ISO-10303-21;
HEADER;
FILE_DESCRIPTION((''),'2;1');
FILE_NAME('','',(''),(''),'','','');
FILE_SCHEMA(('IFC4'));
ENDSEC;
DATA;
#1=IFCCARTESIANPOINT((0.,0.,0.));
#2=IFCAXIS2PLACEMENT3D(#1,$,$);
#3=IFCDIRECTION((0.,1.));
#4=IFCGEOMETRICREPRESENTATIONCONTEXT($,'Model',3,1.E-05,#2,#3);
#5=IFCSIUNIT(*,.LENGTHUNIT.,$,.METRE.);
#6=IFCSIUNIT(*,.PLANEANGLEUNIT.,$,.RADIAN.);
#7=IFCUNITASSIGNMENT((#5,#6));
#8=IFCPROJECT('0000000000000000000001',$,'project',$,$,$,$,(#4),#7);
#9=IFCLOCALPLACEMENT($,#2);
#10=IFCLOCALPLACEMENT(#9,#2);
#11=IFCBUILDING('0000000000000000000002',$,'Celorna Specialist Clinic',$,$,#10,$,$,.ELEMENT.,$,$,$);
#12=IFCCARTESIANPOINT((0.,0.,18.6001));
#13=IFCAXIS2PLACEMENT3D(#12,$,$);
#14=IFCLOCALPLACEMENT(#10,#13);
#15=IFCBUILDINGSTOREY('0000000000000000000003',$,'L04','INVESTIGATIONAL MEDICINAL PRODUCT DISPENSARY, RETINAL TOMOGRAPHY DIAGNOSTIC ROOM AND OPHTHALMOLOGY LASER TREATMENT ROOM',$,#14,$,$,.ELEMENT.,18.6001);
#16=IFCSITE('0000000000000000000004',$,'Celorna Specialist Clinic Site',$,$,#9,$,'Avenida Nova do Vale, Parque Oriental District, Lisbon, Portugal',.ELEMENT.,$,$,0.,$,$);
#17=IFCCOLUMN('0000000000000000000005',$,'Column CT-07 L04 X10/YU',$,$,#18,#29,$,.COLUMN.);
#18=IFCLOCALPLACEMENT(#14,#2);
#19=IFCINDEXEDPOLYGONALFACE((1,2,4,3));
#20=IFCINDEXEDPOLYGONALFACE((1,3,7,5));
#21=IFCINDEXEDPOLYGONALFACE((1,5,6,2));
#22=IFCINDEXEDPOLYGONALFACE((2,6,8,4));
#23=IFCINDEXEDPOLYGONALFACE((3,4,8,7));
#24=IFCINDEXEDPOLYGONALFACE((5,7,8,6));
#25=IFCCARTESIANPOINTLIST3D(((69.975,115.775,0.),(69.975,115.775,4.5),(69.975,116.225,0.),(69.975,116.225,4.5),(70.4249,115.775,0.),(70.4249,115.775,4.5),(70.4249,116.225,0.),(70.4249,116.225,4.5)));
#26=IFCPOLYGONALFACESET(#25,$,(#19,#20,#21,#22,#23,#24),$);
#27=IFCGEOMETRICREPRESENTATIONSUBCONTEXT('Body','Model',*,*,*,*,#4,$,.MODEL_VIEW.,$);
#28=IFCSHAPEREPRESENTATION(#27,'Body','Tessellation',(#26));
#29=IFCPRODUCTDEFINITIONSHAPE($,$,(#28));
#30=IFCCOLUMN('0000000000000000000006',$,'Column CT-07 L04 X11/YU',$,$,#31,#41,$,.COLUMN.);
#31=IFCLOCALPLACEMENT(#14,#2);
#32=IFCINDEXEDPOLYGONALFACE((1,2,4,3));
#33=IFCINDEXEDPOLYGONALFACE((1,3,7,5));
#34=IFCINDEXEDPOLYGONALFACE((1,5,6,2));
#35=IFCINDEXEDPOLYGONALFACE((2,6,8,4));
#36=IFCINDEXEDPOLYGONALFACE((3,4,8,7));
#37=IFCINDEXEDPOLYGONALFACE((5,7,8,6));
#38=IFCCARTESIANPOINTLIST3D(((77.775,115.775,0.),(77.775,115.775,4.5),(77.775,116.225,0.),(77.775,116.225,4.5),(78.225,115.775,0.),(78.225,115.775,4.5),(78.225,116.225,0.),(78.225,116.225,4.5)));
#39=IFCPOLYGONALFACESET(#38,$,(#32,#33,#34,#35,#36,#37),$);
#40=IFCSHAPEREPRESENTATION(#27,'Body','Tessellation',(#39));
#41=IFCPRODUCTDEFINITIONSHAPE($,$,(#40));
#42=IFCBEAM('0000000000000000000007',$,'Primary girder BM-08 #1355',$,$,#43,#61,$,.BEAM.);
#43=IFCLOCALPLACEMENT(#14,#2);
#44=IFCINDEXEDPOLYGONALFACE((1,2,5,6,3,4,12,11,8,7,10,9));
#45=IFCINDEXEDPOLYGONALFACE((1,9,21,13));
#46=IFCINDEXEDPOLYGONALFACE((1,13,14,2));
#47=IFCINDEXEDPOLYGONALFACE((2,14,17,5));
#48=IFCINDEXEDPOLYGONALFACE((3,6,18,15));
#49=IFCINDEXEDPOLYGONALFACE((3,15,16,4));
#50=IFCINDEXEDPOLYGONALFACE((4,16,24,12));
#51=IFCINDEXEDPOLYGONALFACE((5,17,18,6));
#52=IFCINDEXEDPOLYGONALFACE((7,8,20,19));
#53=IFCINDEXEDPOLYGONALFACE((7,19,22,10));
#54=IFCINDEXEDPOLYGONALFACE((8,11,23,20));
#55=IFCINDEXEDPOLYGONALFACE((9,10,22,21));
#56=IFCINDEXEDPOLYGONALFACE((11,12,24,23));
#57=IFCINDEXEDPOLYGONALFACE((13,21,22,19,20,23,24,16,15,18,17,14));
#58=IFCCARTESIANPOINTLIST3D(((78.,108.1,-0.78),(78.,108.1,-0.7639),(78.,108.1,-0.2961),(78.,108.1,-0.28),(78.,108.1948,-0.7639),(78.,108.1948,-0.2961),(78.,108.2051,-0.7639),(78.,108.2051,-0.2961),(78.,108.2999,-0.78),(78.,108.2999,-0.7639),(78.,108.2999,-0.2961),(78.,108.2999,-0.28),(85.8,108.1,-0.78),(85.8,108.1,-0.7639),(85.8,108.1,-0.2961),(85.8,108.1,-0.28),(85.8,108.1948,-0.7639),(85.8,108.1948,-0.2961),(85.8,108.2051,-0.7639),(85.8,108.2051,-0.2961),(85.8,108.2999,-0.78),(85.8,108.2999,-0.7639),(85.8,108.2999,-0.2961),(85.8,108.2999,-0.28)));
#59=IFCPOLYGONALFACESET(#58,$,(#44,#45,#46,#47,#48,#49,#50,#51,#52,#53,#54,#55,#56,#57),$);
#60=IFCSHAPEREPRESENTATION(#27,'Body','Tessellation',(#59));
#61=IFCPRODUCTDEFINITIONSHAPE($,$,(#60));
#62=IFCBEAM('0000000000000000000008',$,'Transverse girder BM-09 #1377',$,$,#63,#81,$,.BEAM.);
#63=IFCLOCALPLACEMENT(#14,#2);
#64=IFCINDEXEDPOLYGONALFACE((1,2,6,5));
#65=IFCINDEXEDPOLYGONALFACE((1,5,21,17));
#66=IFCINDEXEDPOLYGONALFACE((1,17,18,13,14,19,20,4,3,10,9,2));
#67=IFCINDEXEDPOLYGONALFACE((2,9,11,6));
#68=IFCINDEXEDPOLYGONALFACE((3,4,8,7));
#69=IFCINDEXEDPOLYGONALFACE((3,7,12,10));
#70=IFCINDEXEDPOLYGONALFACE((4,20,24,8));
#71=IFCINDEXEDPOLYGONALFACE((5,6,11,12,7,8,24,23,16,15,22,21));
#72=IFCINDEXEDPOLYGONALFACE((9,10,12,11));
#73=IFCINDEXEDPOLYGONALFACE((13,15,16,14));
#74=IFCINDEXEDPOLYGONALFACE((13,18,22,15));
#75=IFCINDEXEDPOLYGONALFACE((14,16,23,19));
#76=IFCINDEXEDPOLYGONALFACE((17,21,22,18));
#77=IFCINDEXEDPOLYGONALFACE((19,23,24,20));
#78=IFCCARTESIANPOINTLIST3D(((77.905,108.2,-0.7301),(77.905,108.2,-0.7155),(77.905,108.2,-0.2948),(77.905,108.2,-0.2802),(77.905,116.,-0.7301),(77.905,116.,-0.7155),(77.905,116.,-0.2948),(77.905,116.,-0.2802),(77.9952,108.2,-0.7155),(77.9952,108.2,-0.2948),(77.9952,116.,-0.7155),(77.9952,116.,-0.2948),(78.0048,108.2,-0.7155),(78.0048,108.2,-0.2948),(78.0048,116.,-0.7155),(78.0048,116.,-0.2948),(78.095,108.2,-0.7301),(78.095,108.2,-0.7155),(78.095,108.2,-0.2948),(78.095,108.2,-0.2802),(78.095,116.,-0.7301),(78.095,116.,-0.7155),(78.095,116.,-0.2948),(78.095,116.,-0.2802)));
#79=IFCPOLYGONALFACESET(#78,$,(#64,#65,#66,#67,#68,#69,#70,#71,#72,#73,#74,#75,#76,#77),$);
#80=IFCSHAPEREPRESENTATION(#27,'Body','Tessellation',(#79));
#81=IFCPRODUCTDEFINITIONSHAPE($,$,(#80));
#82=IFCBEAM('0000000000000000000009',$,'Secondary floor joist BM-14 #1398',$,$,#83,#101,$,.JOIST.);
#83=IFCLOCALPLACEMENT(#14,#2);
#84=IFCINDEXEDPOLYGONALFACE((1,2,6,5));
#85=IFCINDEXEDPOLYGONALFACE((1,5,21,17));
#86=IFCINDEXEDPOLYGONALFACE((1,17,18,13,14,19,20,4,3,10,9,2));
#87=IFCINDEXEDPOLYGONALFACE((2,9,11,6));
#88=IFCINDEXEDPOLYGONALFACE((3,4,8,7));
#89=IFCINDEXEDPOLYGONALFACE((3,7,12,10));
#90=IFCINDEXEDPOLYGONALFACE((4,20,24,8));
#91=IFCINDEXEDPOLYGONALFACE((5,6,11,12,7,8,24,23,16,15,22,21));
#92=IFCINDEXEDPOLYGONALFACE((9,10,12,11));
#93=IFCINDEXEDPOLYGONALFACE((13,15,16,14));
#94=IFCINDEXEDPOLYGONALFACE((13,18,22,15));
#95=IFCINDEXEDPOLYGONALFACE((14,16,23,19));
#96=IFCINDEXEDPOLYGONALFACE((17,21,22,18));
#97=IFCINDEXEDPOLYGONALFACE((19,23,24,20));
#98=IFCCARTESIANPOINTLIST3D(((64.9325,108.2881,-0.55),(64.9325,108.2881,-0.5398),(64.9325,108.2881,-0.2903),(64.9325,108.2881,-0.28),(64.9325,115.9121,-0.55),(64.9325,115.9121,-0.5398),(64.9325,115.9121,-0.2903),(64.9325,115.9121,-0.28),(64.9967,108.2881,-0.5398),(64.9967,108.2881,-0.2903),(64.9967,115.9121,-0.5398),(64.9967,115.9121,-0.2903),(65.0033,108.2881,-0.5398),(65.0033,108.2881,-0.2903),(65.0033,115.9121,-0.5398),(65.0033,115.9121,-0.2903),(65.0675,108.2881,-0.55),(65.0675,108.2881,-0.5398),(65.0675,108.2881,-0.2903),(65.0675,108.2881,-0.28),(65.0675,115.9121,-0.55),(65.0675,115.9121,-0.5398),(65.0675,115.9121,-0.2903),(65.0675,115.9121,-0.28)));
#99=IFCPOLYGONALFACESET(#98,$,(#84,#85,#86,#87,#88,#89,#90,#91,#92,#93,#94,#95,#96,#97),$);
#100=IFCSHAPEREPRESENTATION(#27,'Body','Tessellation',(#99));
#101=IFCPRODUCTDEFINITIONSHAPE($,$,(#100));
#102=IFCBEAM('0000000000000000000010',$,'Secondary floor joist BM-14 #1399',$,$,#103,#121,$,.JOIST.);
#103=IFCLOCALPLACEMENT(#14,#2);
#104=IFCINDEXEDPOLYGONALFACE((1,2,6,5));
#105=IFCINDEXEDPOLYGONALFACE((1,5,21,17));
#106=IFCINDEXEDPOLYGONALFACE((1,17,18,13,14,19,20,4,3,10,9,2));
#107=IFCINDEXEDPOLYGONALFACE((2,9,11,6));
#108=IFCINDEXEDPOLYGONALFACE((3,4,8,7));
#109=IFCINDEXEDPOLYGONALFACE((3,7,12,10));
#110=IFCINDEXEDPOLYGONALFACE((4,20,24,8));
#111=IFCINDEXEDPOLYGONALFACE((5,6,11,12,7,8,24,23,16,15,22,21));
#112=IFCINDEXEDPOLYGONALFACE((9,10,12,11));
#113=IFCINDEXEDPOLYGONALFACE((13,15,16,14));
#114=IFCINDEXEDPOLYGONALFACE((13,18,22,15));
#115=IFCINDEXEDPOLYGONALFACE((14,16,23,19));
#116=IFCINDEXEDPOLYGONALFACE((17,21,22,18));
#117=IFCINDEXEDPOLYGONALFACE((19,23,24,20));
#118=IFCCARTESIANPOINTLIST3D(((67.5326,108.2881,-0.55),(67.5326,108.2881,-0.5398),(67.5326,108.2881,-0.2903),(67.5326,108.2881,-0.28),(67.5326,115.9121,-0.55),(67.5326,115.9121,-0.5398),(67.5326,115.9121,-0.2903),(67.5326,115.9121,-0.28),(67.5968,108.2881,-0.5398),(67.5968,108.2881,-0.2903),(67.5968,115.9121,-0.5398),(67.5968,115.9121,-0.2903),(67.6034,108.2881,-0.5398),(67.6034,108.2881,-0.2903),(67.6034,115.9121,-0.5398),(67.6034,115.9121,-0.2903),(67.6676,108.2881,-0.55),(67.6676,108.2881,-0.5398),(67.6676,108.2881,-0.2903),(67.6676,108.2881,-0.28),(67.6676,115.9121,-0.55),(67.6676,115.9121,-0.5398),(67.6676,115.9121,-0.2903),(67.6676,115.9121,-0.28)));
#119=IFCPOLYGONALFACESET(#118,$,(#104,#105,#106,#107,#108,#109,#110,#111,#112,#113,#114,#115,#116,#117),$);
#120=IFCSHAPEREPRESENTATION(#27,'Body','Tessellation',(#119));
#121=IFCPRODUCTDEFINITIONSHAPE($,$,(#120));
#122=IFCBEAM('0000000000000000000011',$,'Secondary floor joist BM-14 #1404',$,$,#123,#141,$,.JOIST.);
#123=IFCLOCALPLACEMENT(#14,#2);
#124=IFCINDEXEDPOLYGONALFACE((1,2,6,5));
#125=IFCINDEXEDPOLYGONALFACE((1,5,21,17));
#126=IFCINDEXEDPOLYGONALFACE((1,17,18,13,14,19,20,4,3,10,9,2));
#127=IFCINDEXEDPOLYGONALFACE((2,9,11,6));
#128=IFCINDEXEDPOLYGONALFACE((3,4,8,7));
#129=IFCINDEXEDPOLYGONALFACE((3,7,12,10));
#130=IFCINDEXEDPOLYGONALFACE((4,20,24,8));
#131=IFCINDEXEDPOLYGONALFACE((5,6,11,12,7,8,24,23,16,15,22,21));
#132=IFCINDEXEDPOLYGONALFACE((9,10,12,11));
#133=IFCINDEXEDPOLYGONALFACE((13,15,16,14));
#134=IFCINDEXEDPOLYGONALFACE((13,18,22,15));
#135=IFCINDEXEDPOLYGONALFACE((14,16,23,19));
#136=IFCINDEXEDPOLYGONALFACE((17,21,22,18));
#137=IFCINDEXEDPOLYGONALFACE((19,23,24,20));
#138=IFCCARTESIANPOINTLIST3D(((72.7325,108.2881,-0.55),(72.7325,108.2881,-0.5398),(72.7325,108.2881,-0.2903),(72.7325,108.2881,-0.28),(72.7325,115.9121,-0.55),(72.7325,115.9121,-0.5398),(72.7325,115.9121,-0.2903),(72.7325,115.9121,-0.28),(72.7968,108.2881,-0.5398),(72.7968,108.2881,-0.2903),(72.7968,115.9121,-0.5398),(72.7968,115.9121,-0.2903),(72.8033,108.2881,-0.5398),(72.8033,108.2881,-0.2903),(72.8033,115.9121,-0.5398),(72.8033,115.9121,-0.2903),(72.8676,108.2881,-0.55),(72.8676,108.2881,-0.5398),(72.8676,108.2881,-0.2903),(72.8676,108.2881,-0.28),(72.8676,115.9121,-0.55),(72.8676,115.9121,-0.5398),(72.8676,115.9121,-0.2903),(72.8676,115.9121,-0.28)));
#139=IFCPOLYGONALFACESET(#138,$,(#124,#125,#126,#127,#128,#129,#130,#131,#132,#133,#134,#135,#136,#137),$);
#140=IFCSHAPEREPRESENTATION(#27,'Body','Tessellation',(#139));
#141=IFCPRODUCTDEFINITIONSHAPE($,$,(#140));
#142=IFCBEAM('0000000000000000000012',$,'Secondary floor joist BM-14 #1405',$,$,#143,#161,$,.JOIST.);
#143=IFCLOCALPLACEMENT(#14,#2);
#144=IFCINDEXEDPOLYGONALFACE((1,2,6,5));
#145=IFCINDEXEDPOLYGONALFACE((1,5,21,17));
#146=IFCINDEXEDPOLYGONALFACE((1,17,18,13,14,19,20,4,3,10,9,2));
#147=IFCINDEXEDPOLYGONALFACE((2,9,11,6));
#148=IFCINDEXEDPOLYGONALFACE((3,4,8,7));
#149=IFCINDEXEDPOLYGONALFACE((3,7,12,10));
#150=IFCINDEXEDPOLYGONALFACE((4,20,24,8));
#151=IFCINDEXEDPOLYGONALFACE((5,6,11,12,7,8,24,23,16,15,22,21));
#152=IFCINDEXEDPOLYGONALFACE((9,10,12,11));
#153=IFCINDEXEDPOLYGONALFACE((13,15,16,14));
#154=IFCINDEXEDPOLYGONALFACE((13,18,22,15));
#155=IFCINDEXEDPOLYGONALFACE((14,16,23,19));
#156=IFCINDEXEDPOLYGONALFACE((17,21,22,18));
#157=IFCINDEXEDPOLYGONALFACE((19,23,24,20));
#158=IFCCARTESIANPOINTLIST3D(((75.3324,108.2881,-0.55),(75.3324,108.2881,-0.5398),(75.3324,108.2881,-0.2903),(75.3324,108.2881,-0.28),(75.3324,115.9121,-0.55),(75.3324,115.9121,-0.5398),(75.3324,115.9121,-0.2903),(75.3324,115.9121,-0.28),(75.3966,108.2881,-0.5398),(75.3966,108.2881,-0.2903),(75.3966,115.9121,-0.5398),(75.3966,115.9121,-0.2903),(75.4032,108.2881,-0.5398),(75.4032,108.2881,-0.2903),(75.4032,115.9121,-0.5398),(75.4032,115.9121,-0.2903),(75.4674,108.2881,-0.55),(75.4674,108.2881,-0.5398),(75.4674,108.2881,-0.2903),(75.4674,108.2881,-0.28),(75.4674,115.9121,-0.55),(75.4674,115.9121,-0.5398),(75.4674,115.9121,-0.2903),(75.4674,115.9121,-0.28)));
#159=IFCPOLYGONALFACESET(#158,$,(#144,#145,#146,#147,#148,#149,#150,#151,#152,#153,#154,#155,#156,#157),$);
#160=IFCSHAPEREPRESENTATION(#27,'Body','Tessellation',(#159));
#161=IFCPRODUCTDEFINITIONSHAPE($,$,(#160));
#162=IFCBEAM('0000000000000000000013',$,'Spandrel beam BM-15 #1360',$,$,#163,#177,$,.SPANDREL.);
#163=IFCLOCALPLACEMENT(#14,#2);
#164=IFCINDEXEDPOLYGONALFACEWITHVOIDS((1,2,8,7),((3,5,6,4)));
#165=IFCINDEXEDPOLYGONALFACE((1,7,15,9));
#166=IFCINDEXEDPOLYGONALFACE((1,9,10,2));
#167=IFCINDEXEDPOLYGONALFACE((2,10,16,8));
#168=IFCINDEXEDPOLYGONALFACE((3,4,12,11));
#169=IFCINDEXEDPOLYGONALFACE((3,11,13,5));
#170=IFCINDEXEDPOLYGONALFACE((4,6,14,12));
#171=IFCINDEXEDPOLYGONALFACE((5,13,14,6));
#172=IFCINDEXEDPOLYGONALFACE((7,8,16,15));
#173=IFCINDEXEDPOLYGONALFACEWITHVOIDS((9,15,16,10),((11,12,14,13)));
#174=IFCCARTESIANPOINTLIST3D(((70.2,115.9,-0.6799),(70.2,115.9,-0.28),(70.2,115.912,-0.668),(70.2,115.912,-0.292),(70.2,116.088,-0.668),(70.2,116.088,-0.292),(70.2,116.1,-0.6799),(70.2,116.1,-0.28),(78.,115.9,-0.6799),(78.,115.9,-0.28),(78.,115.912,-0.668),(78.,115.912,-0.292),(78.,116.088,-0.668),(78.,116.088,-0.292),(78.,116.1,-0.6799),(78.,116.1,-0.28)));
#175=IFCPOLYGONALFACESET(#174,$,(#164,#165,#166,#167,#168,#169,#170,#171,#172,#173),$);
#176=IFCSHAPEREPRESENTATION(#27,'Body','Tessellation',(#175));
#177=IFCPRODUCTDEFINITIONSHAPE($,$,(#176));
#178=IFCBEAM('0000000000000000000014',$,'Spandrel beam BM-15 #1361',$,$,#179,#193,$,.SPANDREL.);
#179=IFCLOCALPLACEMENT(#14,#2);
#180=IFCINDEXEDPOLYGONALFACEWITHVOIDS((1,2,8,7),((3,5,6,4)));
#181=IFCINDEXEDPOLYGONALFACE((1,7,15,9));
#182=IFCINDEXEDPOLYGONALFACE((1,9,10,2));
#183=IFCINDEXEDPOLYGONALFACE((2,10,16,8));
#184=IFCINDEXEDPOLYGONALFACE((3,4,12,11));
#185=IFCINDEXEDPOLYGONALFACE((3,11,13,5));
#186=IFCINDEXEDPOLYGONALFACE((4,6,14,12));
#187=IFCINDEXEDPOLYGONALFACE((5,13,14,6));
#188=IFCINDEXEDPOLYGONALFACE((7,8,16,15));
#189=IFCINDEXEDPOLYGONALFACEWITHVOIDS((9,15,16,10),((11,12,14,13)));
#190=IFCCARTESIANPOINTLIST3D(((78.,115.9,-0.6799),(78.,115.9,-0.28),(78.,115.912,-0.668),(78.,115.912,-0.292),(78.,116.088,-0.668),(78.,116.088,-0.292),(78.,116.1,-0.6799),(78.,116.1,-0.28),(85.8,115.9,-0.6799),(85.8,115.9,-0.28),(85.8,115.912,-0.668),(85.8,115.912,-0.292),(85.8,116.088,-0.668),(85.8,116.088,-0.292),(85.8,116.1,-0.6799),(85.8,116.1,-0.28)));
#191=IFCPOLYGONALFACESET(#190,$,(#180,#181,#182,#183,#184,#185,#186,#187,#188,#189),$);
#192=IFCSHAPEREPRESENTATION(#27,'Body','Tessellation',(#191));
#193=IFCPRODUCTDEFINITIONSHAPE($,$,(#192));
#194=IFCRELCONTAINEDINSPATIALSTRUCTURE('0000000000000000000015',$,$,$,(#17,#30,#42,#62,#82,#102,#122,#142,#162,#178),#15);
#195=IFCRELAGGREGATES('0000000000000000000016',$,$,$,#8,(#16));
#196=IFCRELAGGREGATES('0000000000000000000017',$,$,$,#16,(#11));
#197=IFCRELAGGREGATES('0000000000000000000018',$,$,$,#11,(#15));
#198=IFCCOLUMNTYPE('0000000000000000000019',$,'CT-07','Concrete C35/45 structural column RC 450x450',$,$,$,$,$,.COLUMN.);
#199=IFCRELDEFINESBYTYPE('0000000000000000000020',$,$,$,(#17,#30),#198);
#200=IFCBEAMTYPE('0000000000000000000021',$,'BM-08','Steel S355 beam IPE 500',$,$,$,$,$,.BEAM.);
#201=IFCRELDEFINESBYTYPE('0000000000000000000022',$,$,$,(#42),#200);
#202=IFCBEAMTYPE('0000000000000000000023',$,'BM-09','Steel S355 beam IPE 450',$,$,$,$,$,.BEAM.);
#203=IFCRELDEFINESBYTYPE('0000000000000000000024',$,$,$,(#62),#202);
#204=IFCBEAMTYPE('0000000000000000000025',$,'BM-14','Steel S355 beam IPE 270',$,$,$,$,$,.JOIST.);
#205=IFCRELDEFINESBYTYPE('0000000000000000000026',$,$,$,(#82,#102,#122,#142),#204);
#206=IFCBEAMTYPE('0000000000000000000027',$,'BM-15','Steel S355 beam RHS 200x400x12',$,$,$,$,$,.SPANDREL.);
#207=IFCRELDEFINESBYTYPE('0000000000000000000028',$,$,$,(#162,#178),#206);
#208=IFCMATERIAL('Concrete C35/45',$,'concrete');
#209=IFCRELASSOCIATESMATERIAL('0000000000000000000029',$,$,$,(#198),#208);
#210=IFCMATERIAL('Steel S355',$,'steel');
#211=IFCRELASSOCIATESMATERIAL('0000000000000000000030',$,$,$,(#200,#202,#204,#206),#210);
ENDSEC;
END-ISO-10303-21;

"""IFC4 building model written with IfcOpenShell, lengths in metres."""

from ifc_helpers import new_model, si_unit, direction, frame, origin, origin_2d, place, context, subcontext, project, spatial, rectangle, hollow_rectangle, i_section, extrude, material, material_profile, profile_set, type_object, element, save


model = new_model("IFC4")

# Units and contexts
model_context = context("Model", 3, precision=1e-05, world=origin(), true_north=direction((0.0, 1.0)))
body_context = subcontext(model_context, "Body", "Model", "MODEL_VIEW")
ifc_project = project(units=[si_unit("LENGTHUNIT", "METRE"), si_unit("PLANEANGLEUNIT", "RADIAN")], contexts=[model_context])

# Site, building, storey
site_placement = place(None, origin())
site = spatial("IfcSite", under=ifc_project, at=site_placement, Name="Celorna Specialist Clinic Site", LongName="Avenida Nova do Vale, Parque Oriental District, Lisbon, Portugal", CompositionType="ELEMENT", RefElevation=0.0)
building_placement = place(site_placement, origin())
building = spatial("IfcBuilding", under=site, at=building_placement, Name="Celorna Specialist Clinic", CompositionType="ELEMENT")
storey_placement = place(building_placement, frame((0.0, 0.0, 18.6001)))
storey = spatial("IfcBuildingStorey", under=building, at=storey_placement, Name="L04", Description="INVESTIGATIONAL MEDICINAL PRODUCT DISPENSARY, RETINAL TOMOGRAPHY DIAGNOSTIC ROOM AND OPHTHALMOLOGY LASER TREATMENT ROOM", CompositionType="ELEMENT", Elevation=18.6001)

# Columns
ifc_material_1 = material(Name="Concrete C35/45", Category="concrete")
ifc_material_profile_1 = material_profile(ifc_material_1, rectangle(XDim=0.45, YDim=0.45, at=origin_2d()), Name="RC 450x450")
ifc_profile_set_1 = profile_set([ifc_material_profile_1], Name="Concrete C35/45")
column_type = type_object("IfcColumnType", Name="CT-07", Description="Concrete C35/45 structural column RC 450x450", PredefinedType="COLUMN", material=ifc_profile_set_1)
for number, where, z_axis, x_axis, name in (
    (1, (70.2, 116.0, 0.0), (0.0, 0.0, 1.0), (1.0, 0.0, 0.0), "Column CT-07 L04 X10/YU"),
    (2, (78.0, 116.0, 0.0), (0.0, 0.0, 1.0), (1.0, 0.0, 0.0), "Column CT-07 L04 X11/YU"),
):
    element("IfcColumn", number, at=place(storey_placement, frame(where, z_axis=z_axis, x_axis=x_axis)), inside=storey, type_object=column_type, Name=name, PredefinedType="COLUMN", context=body_context, shape_type="SweptSolid", body=[
        extrude(rectangle(XDim=0.45, YDim=0.45, at=origin_2d()), origin(), (0.0, 0.0, 1.0), 4.5),
    ])

# Beams
ifc_material_2 = material(Name="Steel S355", Category="steel")
ifc_material_profile_2 = material_profile(ifc_material_2, i_section(OverallWidth=0.2, OverallDepth=0.5, WebThickness=0.0103, FlangeThickness=0.0161, at=origin_2d()), Name="IPE 500")
ifc_profile_set_2 = profile_set([ifc_material_profile_2], Name="Steel S355")
beam_type_1 = type_object("IfcBeamType", Name="BM-08", Description="Steel S355 beam IPE 500", PredefinedType="BEAM", material=ifc_profile_set_2)
beam_1_placement = place(storey_placement, frame((78.0, 108.2, -0.53), z_axis=(1.0, 0.0, 0.0), x_axis=(0.0, 1.0, 0.0)))
element("IfcBeam", 3, at=beam_1_placement, inside=storey, type_object=beam_type_1, Name="Primary girder BM-08 #1355", PredefinedType="BEAM", context=body_context, shape_type="SweptSolid", body=[
    extrude(i_section(OverallWidth=0.2, OverallDepth=0.5, WebThickness=0.0103, FlangeThickness=0.0161, at=origin_2d()), origin(), (0.0, 0.0, 1.0), 7.8),
])
ifc_material_profile_3 = material_profile(ifc_material_2, i_section(OverallWidth=0.1899, OverallDepth=0.45, WebThickness=0.0095, FlangeThickness=0.0146, at=origin_2d()), Name="IPE 450")
ifc_profile_set_3 = profile_set([ifc_material_profile_3], Name="Steel S355")
beam_type_2 = type_object("IfcBeamType", Name="BM-09", Description="Steel S355 beam IPE 450", PredefinedType="BEAM", material=ifc_profile_set_3)
beam_2_placement = place(storey_placement, frame((78.0, 108.2, -0.5051), z_axis=(0.0, 1.0, 0.0), x_axis=(-1.0, 0.0, 0.0)))
element("IfcBeam", 4, at=beam_2_placement, inside=storey, type_object=beam_type_2, Name="Transverse girder BM-09 #1377", PredefinedType="BEAM", context=body_context, shape_type="SweptSolid", body=[
    extrude(i_section(OverallWidth=0.1899, OverallDepth=0.45, WebThickness=0.0095, FlangeThickness=0.0146, at=origin_2d()), origin(), (0.0, 0.0, 1.0), 7.8),
])
ifc_material_profile_4 = material_profile(ifc_material_2, i_section(OverallWidth=0.135, OverallDepth=0.27, WebThickness=0.0066, FlangeThickness=0.0103, at=origin_2d()), Name="IPE 270")
ifc_profile_set_4 = profile_set([ifc_material_profile_4], Name="Steel S355")
beam_type_3 = type_object("IfcBeamType", Name="BM-14", Description="Steel S355 beam IPE 270", PredefinedType="JOIST", material=ifc_profile_set_4)
for number, where, z_axis, x_axis, name in (
    (5, (65.0, 108.2881, -0.415), (0.0, 1.0, 0.0), (-1.0, 0.0, 0.0), "Secondary floor joist BM-14 #1398"),
    (6, (67.6001, 108.2881, -0.415), (0.0, 1.0, 0.0), (-1.0, 0.0, 0.0), "Secondary floor joist BM-14 #1399"),
    (7, (72.8, 108.2881, -0.415), (0.0, 1.0, 0.0), (-1.0, 0.0, 0.0), "Secondary floor joist BM-14 #1404"),
    (8, (75.3999, 108.2881, -0.415), (0.0, 1.0, 0.0), (-1.0, 0.0, 0.0), "Secondary floor joist BM-14 #1405"),
):
    element("IfcBeam", number, at=place(storey_placement, frame(where, z_axis=z_axis, x_axis=x_axis)), inside=storey, type_object=beam_type_3, Name=name, PredefinedType="JOIST", context=body_context, shape_type="SweptSolid", body=[
        extrude(i_section(OverallWidth=0.135, OverallDepth=0.27, WebThickness=0.0066, FlangeThickness=0.0103, at=origin_2d()), origin(), (0.0, 0.0, 1.0), 7.624),
    ])
ifc_material_profile_5 = material_profile(ifc_material_2, hollow_rectangle(XDim=0.2, YDim=0.3999, WallThickness=0.012, at=origin_2d()), Name="RHS 200x400x12")
ifc_profile_set_5 = profile_set([ifc_material_profile_5], Name="Steel S355")
beam_type_4 = type_object("IfcBeamType", Name="BM-15", Description="Steel S355 beam RHS 200x400x12", PredefinedType="SPANDREL", material=ifc_profile_set_5)
for number, where, z_axis, x_axis, name in (
    (9, (70.2, 116.0, -0.48), (1.0, 0.0, 0.0), (0.0, 1.0, 0.0), "Spandrel beam BM-15 #1360"),
    (10, (78.0, 116.0, -0.48), (1.0, 0.0, 0.0), (0.0, 1.0, 0.0), "Spandrel beam BM-15 #1361"),
):
    element("IfcBeam", number, at=place(storey_placement, frame(where, z_axis=z_axis, x_axis=x_axis)), inside=storey, type_object=beam_type_4, Name=name, PredefinedType="SPANDREL", context=body_context, shape_type="SweptSolid", body=[
        extrude(hollow_rectangle(XDim=0.2, YDim=0.3999, WallThickness=0.012, at=origin_2d()), origin(), (0.0, 0.0, 1.0), 7.8),
    ])

save(model, "model.ifc")
